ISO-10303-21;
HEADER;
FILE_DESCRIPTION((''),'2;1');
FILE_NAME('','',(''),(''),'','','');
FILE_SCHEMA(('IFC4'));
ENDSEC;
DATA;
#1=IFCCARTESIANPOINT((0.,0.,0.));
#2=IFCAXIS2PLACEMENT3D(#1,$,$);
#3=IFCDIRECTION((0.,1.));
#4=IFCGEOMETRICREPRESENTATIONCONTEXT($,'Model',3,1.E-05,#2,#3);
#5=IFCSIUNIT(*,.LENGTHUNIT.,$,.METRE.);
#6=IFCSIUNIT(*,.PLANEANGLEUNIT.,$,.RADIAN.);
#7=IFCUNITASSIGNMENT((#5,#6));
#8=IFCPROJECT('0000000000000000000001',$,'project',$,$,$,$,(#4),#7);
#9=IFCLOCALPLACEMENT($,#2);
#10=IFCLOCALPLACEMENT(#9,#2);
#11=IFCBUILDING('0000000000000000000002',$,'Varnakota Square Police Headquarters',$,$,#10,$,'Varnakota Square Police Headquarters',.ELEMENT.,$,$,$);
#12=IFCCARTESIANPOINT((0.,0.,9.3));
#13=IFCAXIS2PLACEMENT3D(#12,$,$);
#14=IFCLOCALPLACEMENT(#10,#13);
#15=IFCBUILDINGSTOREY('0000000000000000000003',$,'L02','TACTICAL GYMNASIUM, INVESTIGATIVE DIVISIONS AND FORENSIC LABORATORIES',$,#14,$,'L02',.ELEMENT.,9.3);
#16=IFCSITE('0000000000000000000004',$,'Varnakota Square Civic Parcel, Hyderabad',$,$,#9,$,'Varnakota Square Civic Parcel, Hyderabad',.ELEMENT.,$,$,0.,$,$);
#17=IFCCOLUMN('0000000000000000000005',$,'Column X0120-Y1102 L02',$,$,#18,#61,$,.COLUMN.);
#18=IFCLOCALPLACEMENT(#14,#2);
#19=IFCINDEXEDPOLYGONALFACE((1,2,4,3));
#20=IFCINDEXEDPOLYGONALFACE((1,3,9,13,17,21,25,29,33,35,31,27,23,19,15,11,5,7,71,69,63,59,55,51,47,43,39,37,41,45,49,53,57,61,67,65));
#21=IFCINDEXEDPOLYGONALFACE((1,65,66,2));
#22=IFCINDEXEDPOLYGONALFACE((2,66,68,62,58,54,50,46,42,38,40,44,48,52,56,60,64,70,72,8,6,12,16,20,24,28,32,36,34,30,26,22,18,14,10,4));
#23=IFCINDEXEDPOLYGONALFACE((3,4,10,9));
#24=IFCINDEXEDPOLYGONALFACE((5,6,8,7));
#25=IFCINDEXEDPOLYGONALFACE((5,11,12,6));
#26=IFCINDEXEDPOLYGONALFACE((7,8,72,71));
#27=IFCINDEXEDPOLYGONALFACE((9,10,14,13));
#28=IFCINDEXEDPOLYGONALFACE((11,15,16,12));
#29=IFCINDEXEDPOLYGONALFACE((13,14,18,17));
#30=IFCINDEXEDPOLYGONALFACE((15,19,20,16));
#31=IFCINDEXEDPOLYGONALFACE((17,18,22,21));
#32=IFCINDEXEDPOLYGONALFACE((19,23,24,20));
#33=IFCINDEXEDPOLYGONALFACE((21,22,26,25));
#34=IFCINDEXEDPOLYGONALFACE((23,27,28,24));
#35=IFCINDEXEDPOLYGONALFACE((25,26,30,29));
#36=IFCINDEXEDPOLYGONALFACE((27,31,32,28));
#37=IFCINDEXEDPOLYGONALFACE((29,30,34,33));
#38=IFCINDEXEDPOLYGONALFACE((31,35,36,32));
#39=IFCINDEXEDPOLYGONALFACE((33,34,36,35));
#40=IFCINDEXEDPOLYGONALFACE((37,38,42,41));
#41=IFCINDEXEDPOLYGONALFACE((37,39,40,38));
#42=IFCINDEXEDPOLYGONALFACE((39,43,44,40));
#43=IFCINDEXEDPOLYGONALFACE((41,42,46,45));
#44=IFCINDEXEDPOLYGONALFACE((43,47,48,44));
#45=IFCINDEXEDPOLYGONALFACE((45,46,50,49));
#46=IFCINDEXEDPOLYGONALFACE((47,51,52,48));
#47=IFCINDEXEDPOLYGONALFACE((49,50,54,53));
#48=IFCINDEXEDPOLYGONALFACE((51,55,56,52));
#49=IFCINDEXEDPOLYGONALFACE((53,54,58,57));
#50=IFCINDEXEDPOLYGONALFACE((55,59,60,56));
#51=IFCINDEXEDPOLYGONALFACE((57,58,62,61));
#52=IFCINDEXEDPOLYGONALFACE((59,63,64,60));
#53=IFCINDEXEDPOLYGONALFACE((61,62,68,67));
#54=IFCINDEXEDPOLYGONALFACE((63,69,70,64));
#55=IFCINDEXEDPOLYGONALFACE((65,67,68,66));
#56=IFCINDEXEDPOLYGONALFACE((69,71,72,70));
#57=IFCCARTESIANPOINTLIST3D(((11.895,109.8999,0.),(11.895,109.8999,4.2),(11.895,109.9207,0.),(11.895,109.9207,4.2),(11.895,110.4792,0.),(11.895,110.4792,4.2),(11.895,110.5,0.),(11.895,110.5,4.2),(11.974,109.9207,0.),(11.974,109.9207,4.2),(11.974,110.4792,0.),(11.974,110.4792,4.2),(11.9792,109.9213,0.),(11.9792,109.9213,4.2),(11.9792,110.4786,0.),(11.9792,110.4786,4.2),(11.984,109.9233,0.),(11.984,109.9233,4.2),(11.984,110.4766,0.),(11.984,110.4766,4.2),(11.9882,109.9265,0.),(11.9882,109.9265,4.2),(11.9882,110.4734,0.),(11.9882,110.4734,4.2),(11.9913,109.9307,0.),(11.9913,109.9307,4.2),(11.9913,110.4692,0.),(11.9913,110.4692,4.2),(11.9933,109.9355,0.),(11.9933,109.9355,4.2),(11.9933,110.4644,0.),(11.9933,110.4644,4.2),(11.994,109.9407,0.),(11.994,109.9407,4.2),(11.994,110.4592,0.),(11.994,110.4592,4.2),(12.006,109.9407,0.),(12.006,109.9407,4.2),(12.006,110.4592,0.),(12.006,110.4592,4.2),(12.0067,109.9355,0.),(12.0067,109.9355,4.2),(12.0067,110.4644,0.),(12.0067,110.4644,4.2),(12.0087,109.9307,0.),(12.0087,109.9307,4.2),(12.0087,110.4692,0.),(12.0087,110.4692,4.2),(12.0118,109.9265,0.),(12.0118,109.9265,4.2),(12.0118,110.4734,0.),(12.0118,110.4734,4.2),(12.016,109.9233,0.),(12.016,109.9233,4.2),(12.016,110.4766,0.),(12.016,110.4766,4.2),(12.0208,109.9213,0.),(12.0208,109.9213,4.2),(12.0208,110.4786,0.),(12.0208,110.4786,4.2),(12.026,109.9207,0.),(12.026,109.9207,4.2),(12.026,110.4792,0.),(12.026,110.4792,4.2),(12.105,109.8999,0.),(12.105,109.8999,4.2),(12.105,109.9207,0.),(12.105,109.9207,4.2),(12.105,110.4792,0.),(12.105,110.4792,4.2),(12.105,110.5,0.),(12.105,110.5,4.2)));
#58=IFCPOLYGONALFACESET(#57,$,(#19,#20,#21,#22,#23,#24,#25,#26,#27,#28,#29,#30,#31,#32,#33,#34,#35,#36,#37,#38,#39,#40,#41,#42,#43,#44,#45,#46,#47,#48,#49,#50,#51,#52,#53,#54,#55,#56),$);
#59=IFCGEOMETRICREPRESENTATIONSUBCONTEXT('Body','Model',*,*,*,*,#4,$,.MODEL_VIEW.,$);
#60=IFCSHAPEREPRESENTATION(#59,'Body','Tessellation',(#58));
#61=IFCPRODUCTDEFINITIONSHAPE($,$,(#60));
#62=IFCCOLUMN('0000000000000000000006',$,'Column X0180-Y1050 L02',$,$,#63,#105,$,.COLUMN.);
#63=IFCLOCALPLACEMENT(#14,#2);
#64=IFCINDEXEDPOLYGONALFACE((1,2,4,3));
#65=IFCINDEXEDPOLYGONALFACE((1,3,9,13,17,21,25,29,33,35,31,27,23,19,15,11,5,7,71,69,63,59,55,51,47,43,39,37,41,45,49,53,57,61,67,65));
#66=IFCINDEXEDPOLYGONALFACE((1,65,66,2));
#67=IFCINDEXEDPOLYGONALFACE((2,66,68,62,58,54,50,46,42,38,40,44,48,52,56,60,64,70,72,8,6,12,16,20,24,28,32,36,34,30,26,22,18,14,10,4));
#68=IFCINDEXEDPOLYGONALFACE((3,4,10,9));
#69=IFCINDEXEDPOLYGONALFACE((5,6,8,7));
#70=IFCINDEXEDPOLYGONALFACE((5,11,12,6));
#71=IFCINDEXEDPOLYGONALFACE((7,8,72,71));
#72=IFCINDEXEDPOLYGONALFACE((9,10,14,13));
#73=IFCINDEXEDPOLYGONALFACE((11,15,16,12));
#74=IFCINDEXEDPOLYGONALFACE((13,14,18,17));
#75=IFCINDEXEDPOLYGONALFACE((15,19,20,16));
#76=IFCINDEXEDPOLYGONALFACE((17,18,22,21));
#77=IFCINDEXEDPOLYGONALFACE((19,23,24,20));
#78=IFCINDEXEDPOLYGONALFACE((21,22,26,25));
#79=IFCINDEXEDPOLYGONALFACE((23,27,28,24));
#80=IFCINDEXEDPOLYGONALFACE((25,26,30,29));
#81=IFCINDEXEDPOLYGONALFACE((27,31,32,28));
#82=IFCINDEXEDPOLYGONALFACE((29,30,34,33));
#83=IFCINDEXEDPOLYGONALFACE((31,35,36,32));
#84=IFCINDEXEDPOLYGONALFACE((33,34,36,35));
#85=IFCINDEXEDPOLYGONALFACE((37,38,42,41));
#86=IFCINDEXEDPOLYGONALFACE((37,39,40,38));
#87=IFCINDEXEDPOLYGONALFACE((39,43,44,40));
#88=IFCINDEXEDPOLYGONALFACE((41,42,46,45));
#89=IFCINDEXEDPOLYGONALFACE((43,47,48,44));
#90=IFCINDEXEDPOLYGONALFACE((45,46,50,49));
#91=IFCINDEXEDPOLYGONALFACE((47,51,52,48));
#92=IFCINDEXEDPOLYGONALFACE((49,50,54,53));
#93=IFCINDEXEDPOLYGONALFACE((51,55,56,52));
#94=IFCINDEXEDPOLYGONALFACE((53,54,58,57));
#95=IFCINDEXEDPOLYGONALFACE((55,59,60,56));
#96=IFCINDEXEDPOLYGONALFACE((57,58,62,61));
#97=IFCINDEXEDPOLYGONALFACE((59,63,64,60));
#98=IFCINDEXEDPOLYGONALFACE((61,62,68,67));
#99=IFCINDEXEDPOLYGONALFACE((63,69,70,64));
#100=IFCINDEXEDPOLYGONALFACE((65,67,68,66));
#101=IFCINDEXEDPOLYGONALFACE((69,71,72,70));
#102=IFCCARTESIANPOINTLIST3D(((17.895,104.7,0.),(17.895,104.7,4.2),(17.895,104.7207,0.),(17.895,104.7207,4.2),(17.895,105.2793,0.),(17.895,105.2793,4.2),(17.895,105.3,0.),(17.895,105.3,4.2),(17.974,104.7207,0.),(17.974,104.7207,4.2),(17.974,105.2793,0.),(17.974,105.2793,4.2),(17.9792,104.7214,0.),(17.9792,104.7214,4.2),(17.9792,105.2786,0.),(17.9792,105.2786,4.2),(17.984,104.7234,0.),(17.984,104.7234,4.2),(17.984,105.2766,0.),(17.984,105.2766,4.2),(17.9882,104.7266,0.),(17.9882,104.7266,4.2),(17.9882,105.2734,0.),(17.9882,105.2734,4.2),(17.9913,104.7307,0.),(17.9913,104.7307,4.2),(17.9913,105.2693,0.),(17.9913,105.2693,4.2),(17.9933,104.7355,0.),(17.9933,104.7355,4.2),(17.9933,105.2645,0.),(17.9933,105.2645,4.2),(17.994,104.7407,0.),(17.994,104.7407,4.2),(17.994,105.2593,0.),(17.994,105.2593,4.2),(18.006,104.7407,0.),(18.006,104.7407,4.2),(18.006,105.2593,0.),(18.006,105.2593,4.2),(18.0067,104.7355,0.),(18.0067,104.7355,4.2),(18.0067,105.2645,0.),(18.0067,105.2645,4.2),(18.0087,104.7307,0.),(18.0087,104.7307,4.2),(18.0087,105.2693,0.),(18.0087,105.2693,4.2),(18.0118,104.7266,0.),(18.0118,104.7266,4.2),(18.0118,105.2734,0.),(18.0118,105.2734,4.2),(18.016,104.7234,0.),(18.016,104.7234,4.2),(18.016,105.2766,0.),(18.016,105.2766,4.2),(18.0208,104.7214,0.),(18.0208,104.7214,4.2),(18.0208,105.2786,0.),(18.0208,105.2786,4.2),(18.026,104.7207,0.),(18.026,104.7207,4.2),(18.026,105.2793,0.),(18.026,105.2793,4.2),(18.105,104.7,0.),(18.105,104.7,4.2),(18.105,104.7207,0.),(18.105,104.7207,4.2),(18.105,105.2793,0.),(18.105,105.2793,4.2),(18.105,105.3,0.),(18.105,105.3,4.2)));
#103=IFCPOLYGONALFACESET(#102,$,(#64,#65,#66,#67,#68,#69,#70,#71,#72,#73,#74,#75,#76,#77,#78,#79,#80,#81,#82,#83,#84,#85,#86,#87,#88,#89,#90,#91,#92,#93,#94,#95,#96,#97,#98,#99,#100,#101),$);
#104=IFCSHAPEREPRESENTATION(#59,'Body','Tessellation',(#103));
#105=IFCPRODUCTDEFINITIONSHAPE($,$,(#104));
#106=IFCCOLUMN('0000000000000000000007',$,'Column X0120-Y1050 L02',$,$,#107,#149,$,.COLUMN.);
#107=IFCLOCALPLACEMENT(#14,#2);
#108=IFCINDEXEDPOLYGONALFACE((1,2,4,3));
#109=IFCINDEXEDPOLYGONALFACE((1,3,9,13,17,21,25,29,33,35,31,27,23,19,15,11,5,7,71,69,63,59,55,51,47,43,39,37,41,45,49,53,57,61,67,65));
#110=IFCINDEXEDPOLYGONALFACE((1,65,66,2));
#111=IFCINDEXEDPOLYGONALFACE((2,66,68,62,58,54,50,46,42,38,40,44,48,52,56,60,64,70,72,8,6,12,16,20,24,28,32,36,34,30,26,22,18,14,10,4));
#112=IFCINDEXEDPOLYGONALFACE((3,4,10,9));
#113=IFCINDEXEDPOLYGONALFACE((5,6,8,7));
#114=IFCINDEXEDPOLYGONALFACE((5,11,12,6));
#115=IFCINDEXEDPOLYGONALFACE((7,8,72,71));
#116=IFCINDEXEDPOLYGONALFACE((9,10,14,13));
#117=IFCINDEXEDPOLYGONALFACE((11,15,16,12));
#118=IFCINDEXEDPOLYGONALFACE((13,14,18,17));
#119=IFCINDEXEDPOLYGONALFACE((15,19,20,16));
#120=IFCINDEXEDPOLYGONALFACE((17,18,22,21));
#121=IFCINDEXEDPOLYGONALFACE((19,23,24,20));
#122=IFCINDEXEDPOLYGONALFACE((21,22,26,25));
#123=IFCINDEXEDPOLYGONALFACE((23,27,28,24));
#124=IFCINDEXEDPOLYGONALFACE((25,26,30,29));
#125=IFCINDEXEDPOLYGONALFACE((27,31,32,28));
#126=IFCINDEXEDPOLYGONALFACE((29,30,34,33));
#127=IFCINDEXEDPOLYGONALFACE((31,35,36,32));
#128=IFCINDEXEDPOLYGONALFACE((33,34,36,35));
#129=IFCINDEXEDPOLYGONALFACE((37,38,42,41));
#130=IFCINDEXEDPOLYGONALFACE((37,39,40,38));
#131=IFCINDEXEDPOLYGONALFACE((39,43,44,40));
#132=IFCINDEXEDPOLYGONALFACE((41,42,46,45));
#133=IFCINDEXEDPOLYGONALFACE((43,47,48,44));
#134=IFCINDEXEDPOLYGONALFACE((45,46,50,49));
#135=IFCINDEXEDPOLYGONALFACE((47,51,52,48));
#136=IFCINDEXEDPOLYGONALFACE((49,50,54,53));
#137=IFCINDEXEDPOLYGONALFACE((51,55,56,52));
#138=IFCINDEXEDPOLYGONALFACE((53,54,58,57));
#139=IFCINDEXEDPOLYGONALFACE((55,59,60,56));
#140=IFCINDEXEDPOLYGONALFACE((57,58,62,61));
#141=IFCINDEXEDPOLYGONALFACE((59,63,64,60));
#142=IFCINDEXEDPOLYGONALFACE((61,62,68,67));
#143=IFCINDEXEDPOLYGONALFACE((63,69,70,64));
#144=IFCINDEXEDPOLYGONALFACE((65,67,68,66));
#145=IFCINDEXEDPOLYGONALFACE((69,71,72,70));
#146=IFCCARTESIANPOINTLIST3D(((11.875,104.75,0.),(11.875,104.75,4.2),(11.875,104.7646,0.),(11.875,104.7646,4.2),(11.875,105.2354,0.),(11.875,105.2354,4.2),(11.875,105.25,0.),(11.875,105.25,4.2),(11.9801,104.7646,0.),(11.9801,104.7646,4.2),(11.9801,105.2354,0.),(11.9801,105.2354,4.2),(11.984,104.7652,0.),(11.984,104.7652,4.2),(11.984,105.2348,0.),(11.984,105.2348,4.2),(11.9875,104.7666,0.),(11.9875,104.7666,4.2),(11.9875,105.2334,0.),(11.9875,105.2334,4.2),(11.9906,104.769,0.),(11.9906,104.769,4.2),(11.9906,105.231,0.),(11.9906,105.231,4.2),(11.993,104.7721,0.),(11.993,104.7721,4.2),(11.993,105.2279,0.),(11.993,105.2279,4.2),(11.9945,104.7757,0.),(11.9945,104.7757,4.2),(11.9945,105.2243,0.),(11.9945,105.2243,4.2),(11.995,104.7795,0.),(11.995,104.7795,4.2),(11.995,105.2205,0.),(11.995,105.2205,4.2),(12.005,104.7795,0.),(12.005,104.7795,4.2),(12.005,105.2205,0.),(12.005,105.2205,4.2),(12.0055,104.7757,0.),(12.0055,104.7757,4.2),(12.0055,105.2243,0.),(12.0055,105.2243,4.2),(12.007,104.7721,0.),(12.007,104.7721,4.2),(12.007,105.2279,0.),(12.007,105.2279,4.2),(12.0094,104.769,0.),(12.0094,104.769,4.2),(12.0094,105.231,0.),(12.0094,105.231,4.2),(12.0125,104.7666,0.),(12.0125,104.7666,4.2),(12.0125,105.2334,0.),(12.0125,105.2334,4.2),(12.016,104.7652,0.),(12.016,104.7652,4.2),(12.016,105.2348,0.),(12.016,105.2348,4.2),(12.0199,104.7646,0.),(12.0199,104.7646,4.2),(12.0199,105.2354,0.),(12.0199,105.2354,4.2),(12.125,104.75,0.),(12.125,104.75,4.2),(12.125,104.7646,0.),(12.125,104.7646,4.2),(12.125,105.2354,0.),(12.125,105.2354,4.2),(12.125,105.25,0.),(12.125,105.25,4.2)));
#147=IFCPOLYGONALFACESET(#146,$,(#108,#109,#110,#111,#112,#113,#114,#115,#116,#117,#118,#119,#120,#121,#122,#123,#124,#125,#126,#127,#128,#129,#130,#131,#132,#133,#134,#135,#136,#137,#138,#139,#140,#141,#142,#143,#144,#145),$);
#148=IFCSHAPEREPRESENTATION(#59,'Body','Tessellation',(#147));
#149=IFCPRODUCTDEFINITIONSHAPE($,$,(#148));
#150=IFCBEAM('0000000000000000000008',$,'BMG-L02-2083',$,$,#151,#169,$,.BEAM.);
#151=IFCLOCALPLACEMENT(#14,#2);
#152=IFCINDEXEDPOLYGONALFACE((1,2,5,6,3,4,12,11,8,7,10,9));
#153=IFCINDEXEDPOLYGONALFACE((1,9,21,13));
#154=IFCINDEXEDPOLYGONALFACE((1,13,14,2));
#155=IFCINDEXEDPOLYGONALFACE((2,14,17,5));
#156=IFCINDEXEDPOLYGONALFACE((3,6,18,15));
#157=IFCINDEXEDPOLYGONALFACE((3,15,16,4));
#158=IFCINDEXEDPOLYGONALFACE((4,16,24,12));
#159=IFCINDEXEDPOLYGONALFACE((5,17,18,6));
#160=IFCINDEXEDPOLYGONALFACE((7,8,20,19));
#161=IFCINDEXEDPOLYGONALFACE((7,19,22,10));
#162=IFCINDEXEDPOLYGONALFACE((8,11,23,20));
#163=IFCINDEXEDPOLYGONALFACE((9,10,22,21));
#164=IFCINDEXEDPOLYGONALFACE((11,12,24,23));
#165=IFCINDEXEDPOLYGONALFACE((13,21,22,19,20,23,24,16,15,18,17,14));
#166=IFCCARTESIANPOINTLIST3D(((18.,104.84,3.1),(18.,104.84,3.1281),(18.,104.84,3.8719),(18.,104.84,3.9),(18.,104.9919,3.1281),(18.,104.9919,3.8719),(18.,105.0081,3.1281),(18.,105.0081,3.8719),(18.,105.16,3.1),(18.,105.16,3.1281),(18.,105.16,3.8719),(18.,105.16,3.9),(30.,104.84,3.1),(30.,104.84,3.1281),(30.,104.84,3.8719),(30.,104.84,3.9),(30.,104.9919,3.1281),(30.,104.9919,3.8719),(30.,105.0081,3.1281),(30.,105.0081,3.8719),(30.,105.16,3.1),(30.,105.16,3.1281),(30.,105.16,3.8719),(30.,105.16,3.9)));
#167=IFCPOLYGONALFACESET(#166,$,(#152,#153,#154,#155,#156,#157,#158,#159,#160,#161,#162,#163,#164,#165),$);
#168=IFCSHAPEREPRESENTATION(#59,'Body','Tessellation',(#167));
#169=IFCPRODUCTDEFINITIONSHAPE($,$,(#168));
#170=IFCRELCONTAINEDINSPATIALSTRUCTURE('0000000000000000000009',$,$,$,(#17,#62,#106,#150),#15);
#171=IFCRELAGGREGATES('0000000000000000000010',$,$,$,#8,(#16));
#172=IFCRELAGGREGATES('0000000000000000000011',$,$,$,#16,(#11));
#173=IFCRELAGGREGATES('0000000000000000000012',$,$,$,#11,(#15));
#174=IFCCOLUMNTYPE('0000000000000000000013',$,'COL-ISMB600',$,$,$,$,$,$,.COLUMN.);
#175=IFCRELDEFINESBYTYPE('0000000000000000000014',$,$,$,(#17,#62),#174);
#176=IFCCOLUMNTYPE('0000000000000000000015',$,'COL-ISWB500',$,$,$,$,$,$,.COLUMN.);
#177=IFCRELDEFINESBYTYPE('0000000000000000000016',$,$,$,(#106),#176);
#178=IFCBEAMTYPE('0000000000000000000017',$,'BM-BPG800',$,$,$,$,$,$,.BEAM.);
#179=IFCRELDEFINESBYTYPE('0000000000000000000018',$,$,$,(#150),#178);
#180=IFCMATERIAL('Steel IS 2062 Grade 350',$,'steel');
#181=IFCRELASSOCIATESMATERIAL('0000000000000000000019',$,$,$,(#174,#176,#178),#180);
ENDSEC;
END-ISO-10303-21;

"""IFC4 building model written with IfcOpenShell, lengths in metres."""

from ifc_helpers import new_model, si_unit, direction, frame, origin, origin_2d, place, context, subcontext, project, spatial, i_section, extrude, material, material_profile, profile_set, type_object, element, save


model = new_model("IFC4")

# Units and contexts
model_context = context("Model", 3, precision=1e-05, world=origin(), true_north=direction((0.0, 1.0)))
body_context = subcontext(model_context, "Body", "Model", "MODEL_VIEW")
ifc_project = project(units=[si_unit("LENGTHUNIT", "METRE"), si_unit("PLANEANGLEUNIT", "RADIAN")], contexts=[model_context])

# Site, building, storey
site_placement = place(None, origin())
site = spatial("IfcSite", under=ifc_project, at=site_placement, Name="Varnakota Square Civic Parcel, Hyderabad", LongName="Varnakota Square Civic Parcel, Hyderabad", CompositionType="ELEMENT", RefElevation=0.0)
building_placement = place(site_placement, origin())
building = spatial("IfcBuilding", under=site, at=building_placement, Name="Varnakota Square Police Headquarters", LongName="Varnakota Square Police Headquarters", CompositionType="ELEMENT")
storey_placement = place(building_placement, frame((0.0, 0.0, 9.3)))
storey = spatial("IfcBuildingStorey", under=building, at=storey_placement, Name="L02", Description="TACTICAL GYMNASIUM, INVESTIGATIVE DIVISIONS AND FORENSIC LABORATORIES", LongName="L02", CompositionType="ELEMENT", Elevation=9.3)

# Columns
ifc_material_1 = material(Name="Steel IS 2062 Grade 350", Category="steel")
ifc_material_profile_1 = material_profile(ifc_material_1, i_section(OverallWidth=0.21, OverallDepth=0.6001, WebThickness=0.012, FlangeThickness=0.0208, FilletRadius=0.02, at=origin_2d()), Name="ISMB 600")
ifc_profile_set_1 = profile_set([ifc_material_profile_1], Name="Steel IS 2062 Grade 350")
column_type_1 = type_object("IfcColumnType", Name="COL-ISMB600", PredefinedType="COLUMN", material=ifc_profile_set_1)
for number, where, z_axis, x_axis, name in (
    (1, (12.0, 110.2, 0.0), (0.0, 0.0, 1.0), (1.0, 0.0, 0.0), "Column X0120-Y1102 L02"),
    (2, (18.0, 105.0, 0.0), (0.0, 0.0, 1.0), (1.0, 0.0, 0.0), "Column X0180-Y1050 L02"),
):
    element("IfcColumn", number, at=place(storey_placement, frame(where, z_axis=z_axis, x_axis=x_axis)), inside=storey, type_object=column_type_1, Name=name, PredefinedType="COLUMN", context=body_context, shape_type="SweptSolid", body=[
        extrude(i_section(OverallWidth=0.21, OverallDepth=0.6001, WebThickness=0.012, FlangeThickness=0.0208, FilletRadius=0.02, at=origin_2d()), origin(), (0.0, 0.0, 1.0), 4.2),
    ])
ifc_material_profile_2 = material_profile(ifc_material_1, i_section(OverallWidth=0.25, OverallDepth=0.5, WebThickness=0.01, FlangeThickness=0.0146, FilletRadius=0.0149, at=origin_2d()), Name="ISWB 500")
ifc_profile_set_2 = profile_set([ifc_material_profile_2], Name="Steel IS 2062 Grade 350")
column_type_2 = type_object("IfcColumnType", Name="COL-ISWB500", PredefinedType="COLUMN", material=ifc_profile_set_2)
column_placement = place(storey_placement, frame((12.0, 105.0, 0.0), z_axis=(0.0, 0.0, 1.0), x_axis=(1.0, 0.0, 0.0)))
element("IfcColumn", 3, at=column_placement, inside=storey, type_object=column_type_2, Name="Column X0120-Y1050 L02", PredefinedType="COLUMN", context=body_context, shape_type="SweptSolid", body=[
    extrude(i_section(OverallWidth=0.25, OverallDepth=0.5, WebThickness=0.01, FlangeThickness=0.0146, FilletRadius=0.0149, at=origin_2d()), origin(), (0.0, 0.0, 1.0), 4.2),
])

# Beam
ifc_material_profile_3 = material_profile(ifc_material_1, i_section(OverallWidth=0.3201, OverallDepth=0.8, WebThickness=0.0161, FlangeThickness=0.0281, at=origin_2d()), Name="BPG 800x320")
ifc_profile_set_3 = profile_set([ifc_material_profile_3], Name="Steel IS 2062 Grade 350")
beam_type_1 = type_object("IfcBeamType", Name="BM-BPG800", PredefinedType="BEAM", material=ifc_profile_set_3)
beam_1_placement = place(storey_placement, frame((18.0, 105.0, 3.5), z_axis=(1.0, 0.0, 0.0), x_axis=(0.0, 1.0, 0.0)))
element("IfcBeam", 4, at=beam_1_placement, inside=storey, type_object=beam_type_1, Name="BMG-L02-2083", PredefinedType="BEAM", context=body_context, shape_type="SweptSolid", body=[
    extrude(i_section(OverallWidth=0.3201, OverallDepth=0.8, WebThickness=0.0161, FlangeThickness=0.0281, at=origin_2d()), origin(), (0.0, 0.0, 1.0), 12.0),
])

save(model, "model.ifc")
